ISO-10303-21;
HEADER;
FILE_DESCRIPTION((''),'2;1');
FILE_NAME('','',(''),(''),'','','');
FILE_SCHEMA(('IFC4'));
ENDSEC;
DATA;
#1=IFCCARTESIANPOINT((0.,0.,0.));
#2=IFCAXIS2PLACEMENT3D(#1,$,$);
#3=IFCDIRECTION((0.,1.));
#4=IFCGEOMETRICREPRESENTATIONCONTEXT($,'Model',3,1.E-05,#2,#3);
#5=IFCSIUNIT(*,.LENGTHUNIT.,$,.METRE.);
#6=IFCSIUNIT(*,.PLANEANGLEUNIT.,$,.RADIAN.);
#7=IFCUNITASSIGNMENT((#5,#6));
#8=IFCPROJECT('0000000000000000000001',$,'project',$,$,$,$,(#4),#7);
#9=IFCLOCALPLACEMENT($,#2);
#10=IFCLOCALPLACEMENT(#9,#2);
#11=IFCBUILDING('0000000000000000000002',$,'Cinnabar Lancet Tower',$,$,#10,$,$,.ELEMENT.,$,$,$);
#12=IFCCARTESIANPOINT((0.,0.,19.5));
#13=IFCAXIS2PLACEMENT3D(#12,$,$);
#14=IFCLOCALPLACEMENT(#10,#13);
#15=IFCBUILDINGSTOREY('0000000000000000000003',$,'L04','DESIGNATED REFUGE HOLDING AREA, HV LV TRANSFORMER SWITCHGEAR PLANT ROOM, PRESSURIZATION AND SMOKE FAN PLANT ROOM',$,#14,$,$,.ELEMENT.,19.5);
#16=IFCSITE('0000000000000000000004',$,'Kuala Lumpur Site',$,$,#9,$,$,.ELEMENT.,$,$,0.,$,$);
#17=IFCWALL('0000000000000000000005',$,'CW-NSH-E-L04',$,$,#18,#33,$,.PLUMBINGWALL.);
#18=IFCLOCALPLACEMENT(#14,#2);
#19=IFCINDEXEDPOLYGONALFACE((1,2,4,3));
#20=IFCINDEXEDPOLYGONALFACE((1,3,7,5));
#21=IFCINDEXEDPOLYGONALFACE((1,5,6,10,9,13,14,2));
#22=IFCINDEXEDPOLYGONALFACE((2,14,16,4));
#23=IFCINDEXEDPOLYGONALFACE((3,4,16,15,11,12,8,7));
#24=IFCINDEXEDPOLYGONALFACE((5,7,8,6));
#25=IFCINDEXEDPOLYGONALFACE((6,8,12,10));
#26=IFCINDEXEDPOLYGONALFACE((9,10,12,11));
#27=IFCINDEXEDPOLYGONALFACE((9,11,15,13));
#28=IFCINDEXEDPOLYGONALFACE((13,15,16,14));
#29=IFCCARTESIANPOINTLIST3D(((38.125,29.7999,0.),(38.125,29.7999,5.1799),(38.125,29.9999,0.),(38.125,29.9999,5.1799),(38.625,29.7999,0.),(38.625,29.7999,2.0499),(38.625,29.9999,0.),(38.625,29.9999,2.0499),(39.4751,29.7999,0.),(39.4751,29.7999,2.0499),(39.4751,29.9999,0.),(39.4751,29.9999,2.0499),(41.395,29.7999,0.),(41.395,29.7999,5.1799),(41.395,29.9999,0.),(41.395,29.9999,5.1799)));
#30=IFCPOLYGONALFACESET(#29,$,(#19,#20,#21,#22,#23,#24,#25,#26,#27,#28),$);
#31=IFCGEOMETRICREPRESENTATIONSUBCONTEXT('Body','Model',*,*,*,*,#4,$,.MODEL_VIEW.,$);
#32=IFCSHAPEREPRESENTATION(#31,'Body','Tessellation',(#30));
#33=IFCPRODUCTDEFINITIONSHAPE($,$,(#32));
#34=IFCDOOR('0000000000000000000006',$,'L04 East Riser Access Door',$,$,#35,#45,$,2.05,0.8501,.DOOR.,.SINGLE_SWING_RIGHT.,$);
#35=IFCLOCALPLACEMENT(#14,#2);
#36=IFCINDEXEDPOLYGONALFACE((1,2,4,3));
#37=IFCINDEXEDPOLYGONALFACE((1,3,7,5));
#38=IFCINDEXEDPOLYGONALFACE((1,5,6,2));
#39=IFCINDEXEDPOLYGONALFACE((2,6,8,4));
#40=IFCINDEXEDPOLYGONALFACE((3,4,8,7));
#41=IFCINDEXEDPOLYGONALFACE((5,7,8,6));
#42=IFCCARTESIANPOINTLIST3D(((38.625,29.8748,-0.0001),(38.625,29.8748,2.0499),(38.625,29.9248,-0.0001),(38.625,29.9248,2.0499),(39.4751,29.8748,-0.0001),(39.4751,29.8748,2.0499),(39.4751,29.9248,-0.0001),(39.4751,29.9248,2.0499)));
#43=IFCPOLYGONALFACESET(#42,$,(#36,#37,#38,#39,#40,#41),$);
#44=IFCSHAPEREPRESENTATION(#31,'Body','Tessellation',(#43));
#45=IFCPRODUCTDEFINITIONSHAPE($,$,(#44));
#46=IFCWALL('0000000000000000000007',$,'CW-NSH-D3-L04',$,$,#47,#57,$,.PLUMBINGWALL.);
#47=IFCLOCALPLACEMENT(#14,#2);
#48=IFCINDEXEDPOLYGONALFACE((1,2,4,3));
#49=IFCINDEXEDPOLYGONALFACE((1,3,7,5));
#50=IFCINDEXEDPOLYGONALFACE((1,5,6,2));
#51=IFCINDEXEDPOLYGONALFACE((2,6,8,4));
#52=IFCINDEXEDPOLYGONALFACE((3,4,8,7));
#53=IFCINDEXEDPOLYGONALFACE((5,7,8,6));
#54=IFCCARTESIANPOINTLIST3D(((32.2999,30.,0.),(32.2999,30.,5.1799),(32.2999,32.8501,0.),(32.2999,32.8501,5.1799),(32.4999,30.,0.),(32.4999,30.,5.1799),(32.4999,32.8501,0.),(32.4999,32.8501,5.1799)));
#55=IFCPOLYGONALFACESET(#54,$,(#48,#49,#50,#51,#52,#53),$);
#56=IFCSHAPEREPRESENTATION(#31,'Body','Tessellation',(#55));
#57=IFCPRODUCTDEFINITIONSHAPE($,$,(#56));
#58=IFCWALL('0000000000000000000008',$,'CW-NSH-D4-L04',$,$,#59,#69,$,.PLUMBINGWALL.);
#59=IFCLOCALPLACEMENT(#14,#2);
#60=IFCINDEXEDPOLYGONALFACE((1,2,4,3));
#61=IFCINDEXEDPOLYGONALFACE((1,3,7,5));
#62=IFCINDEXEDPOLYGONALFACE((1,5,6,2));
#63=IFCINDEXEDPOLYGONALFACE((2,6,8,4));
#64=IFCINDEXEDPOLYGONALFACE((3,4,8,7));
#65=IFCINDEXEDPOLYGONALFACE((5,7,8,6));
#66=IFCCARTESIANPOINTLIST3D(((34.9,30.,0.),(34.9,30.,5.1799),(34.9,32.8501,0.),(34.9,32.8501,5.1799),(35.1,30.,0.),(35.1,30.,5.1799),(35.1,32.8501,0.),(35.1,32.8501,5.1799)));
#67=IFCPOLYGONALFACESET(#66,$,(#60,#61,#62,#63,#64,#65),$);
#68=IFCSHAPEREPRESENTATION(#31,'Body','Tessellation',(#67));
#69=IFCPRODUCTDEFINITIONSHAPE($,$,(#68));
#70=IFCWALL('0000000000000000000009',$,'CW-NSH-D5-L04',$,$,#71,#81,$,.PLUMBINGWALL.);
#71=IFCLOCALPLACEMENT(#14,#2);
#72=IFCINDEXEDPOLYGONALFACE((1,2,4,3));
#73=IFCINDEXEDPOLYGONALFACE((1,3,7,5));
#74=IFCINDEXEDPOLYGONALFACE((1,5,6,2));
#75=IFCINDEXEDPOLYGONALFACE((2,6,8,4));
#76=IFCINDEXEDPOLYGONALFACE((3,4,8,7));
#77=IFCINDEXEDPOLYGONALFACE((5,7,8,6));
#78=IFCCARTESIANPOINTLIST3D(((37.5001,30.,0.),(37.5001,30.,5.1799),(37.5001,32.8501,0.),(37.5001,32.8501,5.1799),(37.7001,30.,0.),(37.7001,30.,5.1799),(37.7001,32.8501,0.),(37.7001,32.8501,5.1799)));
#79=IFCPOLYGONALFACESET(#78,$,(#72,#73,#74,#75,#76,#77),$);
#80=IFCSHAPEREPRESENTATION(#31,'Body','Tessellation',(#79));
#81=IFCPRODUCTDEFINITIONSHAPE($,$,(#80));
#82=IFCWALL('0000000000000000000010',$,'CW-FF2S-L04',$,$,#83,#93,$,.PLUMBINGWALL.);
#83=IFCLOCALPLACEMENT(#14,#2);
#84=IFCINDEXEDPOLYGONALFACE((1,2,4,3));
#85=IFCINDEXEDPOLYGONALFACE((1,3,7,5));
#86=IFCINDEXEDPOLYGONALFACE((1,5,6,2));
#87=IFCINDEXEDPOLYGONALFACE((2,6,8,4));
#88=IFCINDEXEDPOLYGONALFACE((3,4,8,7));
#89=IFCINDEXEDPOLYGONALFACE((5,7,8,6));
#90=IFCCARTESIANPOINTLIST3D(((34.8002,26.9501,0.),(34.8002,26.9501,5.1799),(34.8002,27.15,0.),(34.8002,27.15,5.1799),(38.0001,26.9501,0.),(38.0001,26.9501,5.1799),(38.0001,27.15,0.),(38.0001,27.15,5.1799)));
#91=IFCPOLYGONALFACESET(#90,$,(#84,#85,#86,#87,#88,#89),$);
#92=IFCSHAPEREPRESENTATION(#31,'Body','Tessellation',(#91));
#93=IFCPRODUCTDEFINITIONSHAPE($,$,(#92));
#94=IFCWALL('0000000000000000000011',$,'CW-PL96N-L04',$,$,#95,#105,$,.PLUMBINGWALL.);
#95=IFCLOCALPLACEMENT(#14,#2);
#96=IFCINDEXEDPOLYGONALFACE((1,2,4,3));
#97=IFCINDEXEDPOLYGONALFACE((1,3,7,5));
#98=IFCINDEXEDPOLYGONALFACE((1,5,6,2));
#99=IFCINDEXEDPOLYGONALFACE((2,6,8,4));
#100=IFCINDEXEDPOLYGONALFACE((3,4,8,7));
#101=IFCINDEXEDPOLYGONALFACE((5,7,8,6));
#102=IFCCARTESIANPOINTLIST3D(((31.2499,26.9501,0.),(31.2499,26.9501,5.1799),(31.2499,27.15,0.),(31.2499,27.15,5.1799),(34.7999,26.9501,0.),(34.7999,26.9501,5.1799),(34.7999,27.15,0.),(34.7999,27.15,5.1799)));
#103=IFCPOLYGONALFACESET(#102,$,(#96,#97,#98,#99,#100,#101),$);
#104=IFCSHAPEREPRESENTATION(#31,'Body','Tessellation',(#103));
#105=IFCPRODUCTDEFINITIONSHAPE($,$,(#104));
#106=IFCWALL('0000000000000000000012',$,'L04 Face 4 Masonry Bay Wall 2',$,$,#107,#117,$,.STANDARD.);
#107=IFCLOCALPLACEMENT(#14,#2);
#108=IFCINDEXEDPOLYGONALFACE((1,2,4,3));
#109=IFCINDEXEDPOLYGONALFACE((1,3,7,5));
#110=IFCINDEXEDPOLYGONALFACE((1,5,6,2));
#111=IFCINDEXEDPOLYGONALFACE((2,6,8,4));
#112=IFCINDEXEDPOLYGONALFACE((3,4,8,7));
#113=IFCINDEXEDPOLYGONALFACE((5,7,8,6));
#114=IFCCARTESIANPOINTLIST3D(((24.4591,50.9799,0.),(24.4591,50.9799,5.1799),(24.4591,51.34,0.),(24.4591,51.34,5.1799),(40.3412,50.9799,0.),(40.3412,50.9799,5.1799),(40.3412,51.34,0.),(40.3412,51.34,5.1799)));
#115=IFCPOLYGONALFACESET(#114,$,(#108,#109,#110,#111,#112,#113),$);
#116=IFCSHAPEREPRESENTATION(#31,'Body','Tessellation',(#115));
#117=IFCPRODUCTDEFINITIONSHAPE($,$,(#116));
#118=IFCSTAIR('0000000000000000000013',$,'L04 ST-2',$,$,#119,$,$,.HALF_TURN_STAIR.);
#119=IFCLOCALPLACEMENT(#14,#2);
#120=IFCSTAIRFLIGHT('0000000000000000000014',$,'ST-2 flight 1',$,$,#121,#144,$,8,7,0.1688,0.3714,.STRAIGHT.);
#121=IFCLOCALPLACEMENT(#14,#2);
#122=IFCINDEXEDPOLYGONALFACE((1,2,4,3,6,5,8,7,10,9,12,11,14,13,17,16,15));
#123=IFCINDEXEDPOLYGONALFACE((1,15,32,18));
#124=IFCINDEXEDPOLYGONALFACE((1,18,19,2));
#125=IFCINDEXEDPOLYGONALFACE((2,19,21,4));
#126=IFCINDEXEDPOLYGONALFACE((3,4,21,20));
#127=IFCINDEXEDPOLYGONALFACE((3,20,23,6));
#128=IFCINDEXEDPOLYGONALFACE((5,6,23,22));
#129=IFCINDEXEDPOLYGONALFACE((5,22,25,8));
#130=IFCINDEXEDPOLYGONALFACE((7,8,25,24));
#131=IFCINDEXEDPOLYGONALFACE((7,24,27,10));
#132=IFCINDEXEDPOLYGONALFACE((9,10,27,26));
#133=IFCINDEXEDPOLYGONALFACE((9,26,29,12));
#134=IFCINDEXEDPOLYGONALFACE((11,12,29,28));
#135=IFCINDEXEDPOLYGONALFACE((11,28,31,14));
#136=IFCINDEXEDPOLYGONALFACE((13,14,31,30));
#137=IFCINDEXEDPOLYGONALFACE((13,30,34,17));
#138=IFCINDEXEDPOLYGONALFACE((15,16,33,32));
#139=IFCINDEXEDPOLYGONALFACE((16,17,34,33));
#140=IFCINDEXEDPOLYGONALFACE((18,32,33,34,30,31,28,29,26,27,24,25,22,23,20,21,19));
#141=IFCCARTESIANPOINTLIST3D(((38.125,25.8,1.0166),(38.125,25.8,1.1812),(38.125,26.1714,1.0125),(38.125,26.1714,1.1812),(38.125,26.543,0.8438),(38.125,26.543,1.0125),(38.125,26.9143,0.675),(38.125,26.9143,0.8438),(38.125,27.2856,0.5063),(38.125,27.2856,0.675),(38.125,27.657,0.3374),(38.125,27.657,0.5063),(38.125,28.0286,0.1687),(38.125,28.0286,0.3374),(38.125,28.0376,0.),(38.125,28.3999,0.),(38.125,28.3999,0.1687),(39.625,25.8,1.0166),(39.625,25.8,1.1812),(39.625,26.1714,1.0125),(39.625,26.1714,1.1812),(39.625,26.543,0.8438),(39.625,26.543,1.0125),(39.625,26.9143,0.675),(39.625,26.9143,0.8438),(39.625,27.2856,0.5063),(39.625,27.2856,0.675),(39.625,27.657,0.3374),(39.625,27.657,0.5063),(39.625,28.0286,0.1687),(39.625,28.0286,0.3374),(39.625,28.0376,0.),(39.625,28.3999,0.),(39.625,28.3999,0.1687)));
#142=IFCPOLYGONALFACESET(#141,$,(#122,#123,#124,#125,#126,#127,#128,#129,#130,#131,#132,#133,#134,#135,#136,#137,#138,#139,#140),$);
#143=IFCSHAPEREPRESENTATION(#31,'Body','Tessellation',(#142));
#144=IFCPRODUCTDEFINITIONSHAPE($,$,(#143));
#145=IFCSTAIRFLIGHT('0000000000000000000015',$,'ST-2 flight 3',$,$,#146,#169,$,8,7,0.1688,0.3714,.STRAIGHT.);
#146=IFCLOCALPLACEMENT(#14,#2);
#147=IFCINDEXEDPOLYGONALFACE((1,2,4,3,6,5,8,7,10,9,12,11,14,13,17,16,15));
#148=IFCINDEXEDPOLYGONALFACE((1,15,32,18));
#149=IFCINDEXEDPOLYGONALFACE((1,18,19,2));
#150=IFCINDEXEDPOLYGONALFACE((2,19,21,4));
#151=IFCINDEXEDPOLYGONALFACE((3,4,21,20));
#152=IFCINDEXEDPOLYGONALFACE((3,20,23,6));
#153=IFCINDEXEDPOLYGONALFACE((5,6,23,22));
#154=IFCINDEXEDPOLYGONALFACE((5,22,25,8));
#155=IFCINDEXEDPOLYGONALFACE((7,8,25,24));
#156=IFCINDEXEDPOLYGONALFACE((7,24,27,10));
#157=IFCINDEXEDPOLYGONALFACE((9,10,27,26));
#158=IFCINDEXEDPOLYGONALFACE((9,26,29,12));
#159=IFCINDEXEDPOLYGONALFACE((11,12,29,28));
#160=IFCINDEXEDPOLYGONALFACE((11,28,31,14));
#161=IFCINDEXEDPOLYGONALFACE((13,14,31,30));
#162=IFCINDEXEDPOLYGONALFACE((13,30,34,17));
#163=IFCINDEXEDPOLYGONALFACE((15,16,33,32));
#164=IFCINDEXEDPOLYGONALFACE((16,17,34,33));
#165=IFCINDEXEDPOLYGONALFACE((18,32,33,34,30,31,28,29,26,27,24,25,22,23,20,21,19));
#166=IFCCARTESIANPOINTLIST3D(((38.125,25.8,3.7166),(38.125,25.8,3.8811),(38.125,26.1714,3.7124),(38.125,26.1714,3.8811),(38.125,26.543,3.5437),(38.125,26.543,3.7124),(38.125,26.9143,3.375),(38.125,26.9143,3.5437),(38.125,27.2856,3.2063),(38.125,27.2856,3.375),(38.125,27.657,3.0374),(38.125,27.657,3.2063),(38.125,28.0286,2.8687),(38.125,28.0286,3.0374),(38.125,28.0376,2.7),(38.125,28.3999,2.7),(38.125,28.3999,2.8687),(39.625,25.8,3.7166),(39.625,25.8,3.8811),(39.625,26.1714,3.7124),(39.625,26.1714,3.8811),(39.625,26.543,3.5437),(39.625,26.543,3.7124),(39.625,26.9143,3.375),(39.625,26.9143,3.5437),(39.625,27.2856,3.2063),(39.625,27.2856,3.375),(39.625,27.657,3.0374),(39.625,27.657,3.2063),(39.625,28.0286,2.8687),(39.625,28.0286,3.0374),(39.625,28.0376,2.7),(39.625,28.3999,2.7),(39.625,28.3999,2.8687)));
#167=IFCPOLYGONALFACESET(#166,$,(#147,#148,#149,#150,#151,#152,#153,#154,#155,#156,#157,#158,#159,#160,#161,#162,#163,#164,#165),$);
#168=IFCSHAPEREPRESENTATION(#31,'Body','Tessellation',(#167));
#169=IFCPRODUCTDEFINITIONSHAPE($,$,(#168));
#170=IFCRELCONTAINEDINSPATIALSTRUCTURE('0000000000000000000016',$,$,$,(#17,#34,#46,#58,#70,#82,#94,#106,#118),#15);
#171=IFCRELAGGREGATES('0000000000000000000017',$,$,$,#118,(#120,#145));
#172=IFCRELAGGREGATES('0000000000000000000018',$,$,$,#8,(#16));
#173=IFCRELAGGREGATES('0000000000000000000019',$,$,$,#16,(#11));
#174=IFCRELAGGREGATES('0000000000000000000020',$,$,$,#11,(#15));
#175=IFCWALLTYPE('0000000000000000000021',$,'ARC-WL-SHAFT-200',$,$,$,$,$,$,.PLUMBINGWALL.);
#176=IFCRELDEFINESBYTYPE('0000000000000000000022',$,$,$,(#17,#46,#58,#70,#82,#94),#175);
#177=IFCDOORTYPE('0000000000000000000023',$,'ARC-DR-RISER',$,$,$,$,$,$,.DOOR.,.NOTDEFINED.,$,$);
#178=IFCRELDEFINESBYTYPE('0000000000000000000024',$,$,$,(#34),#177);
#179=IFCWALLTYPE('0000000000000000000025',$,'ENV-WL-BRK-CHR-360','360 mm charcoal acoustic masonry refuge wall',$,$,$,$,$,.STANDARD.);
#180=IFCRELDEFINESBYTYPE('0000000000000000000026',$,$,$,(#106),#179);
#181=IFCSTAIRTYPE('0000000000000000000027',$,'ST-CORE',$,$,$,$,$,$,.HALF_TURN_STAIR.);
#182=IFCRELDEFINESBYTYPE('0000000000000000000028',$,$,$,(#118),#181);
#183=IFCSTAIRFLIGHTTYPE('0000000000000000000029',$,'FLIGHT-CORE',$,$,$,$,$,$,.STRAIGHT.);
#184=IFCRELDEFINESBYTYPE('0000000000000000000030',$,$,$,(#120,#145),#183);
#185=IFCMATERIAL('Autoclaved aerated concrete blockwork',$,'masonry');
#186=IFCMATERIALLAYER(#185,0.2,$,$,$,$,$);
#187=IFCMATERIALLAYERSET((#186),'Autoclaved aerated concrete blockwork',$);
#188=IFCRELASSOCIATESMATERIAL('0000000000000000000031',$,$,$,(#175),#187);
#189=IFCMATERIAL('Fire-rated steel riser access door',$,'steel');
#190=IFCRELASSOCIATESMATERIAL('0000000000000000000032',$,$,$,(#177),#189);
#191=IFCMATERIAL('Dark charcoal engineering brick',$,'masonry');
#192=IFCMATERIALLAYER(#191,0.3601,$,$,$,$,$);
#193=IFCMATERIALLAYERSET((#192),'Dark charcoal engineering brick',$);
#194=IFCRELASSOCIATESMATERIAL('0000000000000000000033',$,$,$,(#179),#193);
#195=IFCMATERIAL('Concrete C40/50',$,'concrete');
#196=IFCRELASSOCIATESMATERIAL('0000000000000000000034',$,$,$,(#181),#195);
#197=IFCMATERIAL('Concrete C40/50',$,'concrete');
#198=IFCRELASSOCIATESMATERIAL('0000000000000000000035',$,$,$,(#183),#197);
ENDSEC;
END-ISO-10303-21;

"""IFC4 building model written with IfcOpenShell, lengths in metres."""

from ifc_helpers import new_model, si_unit, direction, frame, frame_2d, origin, place, context, subcontext, project, spatial, polyline, rectangle, outline, extrude, material, layer, layer_set, type_object, element, fill, aggregate, save


model = new_model("IFC4")

# Units and contexts
model_context = context("Model", 3, precision=1e-05, world=origin(), true_north=direction((0.0, 1.0)))
body_context = subcontext(model_context, "Body", "Model", "MODEL_VIEW")
ifc_project = project(units=[si_unit("LENGTHUNIT", "METRE"), si_unit("PLANEANGLEUNIT", "RADIAN")], contexts=[model_context])

# Site, building, storey
site_placement = place(None, origin())
site = spatial("IfcSite", under=ifc_project, at=site_placement, Name="Kuala Lumpur Site", CompositionType="ELEMENT", RefElevation=0.0)
building_placement = place(site_placement, origin())
building = spatial("IfcBuilding", under=site, at=building_placement, Name="Cinnabar Lancet Tower", CompositionType="ELEMENT")
storey_placement = place(building_placement, frame((0.0, 0.0, 19.5)))
storey = spatial("IfcBuildingStorey", under=building, at=storey_placement, Name="L04", Description="DESIGNATED REFUGE HOLDING AREA, HV LV TRANSFORMER SWITCHGEAR PLANT ROOM, PRESSURIZATION AND SMOKE FAN PLANT ROOM", CompositionType="ELEMENT", Elevation=19.5)

# Shared definitions
ifc_material_1 = material(Name="Autoclaved aerated concrete blockwork", Category="masonry")
ifc_layer_1 = layer(ifc_material_1, 0.2)
ifc_layer_set_1 = layer_set([ifc_layer_1], Name="Autoclaved aerated concrete blockwork")
wall_type_1 = type_object("IfcWallType", Name="ARC-WL-SHAFT-200", PredefinedType="PLUMBINGWALL", material=ifc_layer_set_1)

# Wall, opening, door
wall_1_placement = place(storey_placement, frame((38.125, 29.8999, 0.0), z_axis=(0.0, 0.0, 1.0), x_axis=(1.0, 0.0, 0.0)))
wall_1 = element("IfcWall", 1, at=wall_1_placement, inside=storey, type_object=wall_type_1, Name="CW-NSH-E-L04", PredefinedType="PLUMBINGWALL", context=body_context, shape_type="SweptSolid", body=[
    extrude(rectangle(XDim=3.27, YDim=0.2, at=frame_2d((1.635, 0.0))), origin(), (0.0, 0.0, 1.0), 5.1799),
])
opening_1_placement = place(wall_1_placement, frame((0.5, 0.0, 0.0)))
opening_1 = element("IfcOpeningElement", 2, at=opening_1_placement, cuts=wall_1, PredefinedType="OPENING", context=body_context, shape_type="SweptSolid", body=[
    extrude(rectangle(XDim=0.8501, YDim=2.05, at=frame_2d((0.425, 1.0249))), frame((0.0, 0.1099, 0.0), z_axis=(0.0, -1.0, 0.0), x_axis=(1.0, 0.0, 0.0)), (0.0, 0.0, 1.0), 0.22),
])
ifc_material_2 = material(Name="Fire-rated steel riser access door", Category="steel")
door_type_1 = type_object("IfcDoorType", Name="ARC-DR-RISER", OperationType="NOTDEFINED", PredefinedType="DOOR", material=ifc_material_2)
door_1_placement = place(opening_1_placement, origin())
door_1 = element("IfcDoor", 3, at=door_1_placement, inside=storey, type_object=door_type_1, Name="L04 East Riser Access Door", OperationType="SINGLE_SWING_RIGHT", OverallHeight=2.05, OverallWidth=0.8501, PredefinedType="DOOR", context=body_context, shape_type="SweptSolid", body=[
    extrude(rectangle(XDim=0.8501, YDim=2.05, at=frame_2d((0.425, 1.0249))), frame((0.0, 0.0249, 0.0), z_axis=(0.0, -1.0, 0.0), x_axis=(1.0, 0.0, 0.0)), (0.0, 0.0, 1.0), 0.05),
])
fill(opening_1, door_1)

# Walls
for number, where, z_axis, x_axis, name in (
    (4, (32.3999, 30.0, 0.0), (0.0, 0.0, 1.0), (0.0, 1.0, 0.0), "CW-NSH-D3-L04"),
    (5, (35.0, 30.0, 0.0), (0.0, 0.0, 1.0), (0.0, 1.0, 0.0), "CW-NSH-D4-L04"),
    (6, (37.6001, 30.0, 0.0), (0.0, 0.0, 1.0), (0.0, 1.0, 0.0), "CW-NSH-D5-L04"),
):
    element("IfcWall", number, at=place(storey_placement, frame(where, z_axis=z_axis, x_axis=x_axis)), inside=storey, type_object=wall_type_1, Name=name, PredefinedType="PLUMBINGWALL", context=body_context, shape_type="SweptSolid", body=[
        extrude(rectangle(XDim=2.8501, YDim=0.2, at=frame_2d((1.425, 0.0))), origin(), (0.0, 0.0, 1.0), 5.1799),
    ])

# Walls
wall_2_placement = place(storey_placement, frame((34.8, 27.05, 0.0), z_axis=(0.0, 0.0, 1.0), x_axis=(1.0, 0.0, 0.0)))
element("IfcWall", 7, at=wall_2_placement, inside=storey, type_object=wall_type_1, Name="CW-FF2S-L04", PredefinedType="PLUMBINGWALL", context=body_context, shape_type="SweptSolid", body=[
    extrude(rectangle(XDim=3.2, YDim=0.2, at=frame_2d((1.6001, 0.0))), origin(), (0.0, 0.0, 1.0), 5.1799),
])
wall_3_placement = place(storey_placement, frame((31.25, 27.05, 0.0), z_axis=(0.0, 0.0, 1.0), x_axis=(1.0, 0.0, 0.0)))
element("IfcWall", 8, at=wall_3_placement, inside=storey, type_object=wall_type_1, Name="CW-PL96N-L04", PredefinedType="PLUMBINGWALL", context=body_context, shape_type="SweptSolid", body=[
    extrude(rectangle(XDim=3.55, YDim=0.2, at=frame_2d((1.7749, 0.0))), origin(), (0.0, 0.0, 1.0), 5.1799),
])
ifc_material_3 = material(Name="Dark charcoal engineering brick", Category="masonry")
ifc_layer_2 = layer(ifc_material_3, 0.3601)
ifc_layer_set_2 = layer_set([ifc_layer_2], Name="Dark charcoal engineering brick")
wall_type_2 = type_object("IfcWallType", Name="ENV-WL-BRK-CHR-360", Description="360 mm charcoal acoustic masonry refuge wall", PredefinedType="STANDARD", material=ifc_layer_set_2)
wall_4_placement = place(storey_placement, frame((40.3411, 51.1599, 0.0), z_axis=(0.0, 0.0, 1.0), x_axis=(-1.0, 0.0, 0.0)))
element("IfcWall", 9, at=wall_4_placement, inside=storey, type_object=wall_type_2, Name="L04 Face 4 Masonry Bay Wall 2", PredefinedType="STANDARD", context=body_context, shape_type="SweptSolid", body=[
    extrude(rectangle(XDim=15.8821, YDim=0.3601, at=frame_2d((7.9409, 0.0))), origin(), (0.0, 0.0, 1.0), 5.1799),
])

# Stair, stair flights
ifc_material_4 = material(Name="Concrete C40/50", Category="concrete")
stair_type = type_object("IfcStairType", Name="ST-CORE", PredefinedType="HALF_TURN_STAIR", material=ifc_material_4)
stair_placement = place(storey_placement, origin())
stair = element("IfcStair", 10, at=stair_placement, inside=storey, type_object=stair_type, Name="L04 ST-2", PredefinedType="HALF_TURN_STAIR")
ifc_material_5 = material(Name="Concrete C40/50", Category="concrete")
stair_flight_type = type_object("IfcStairFlightType", Name="FLIGHT-CORE", PredefinedType="STRAIGHT", material=ifc_material_5)
stair_flight_1_placement = place(storey_placement, frame((38.875, 28.3999, 0.0), z_axis=(0.0, 0.0, 1.0), x_axis=(0.0, -1.0, 0.0)))
stair_flight_1 = element("IfcStairFlight", 11, at=stair_flight_1_placement, type_object=stair_flight_type, Name="ST-2 flight 1", NumberOfRisers=8, NumberOfTreads=7, PredefinedType="STRAIGHT", RiserHeight=0.1688, TreadLength=0.3714, context=body_context, shape_type="SweptSolid", body=[
    extrude(outline(polyline([(0.0, 0.0), (0.0, 0.1687), (0.3713, 0.1687), (0.3713, 0.3374), (0.7429, 0.3374), (0.7429, 0.5063), (1.1143, 0.5063), (1.1143, 0.675), (1.4856, 0.675), (1.4856, 0.8438), (1.8569, 0.8438), (1.8569, 1.0125), (2.2285, 1.0125), (2.2285, 1.1812), (2.5999, 1.1812), (2.5999, 1.3501), (2.5999, 1.0166), (0.3623, 0.0), (0.0, 0.0)])), frame((0.0, 0.75, 0.0), z_axis=(0.0, -1.0, 0.0), x_axis=(1.0, 0.0, 0.0)), (0.0, 0.0, 1.0), 1.5),
])
stair_flight_2_placement = place(storey_placement, frame((38.875, 28.3999, 2.7), z_axis=(0.0, 0.0, 1.0), x_axis=(0.0, -1.0, 0.0)))
stair_flight_2 = element("IfcStairFlight", 12, at=stair_flight_2_placement, type_object=stair_flight_type, Name="ST-2 flight 3", NumberOfRisers=8, NumberOfTreads=7, PredefinedType="STRAIGHT", RiserHeight=0.1688, TreadLength=0.3714, context=body_context, shape_type="SweptSolid", body=[
    extrude(outline(polyline([(0.0, 0.0), (0.0, 0.1687), (0.3713, 0.1687), (0.3713, 0.3374), (0.7429, 0.3374), (0.7429, 0.5063), (1.1143, 0.5063), (1.1143, 0.675), (1.4856, 0.675), (1.4856, 0.8438), (1.8569, 0.8438), (1.8569, 1.0125), (2.2285, 1.0125), (2.2285, 1.1812), (2.5999, 1.1812), (2.5999, 1.3501), (2.5999, 1.0166), (0.3623, 0.0), (0.0, 0.0)])), frame((0.0, 0.75, 0.0), z_axis=(0.0, -1.0, 0.0), x_axis=(1.0, 0.0, 0.0)), (0.0, 0.0, 1.0), 1.5),
])
aggregate(stair, [stair_flight_1, stair_flight_2])

save(model, "model.ifc")
